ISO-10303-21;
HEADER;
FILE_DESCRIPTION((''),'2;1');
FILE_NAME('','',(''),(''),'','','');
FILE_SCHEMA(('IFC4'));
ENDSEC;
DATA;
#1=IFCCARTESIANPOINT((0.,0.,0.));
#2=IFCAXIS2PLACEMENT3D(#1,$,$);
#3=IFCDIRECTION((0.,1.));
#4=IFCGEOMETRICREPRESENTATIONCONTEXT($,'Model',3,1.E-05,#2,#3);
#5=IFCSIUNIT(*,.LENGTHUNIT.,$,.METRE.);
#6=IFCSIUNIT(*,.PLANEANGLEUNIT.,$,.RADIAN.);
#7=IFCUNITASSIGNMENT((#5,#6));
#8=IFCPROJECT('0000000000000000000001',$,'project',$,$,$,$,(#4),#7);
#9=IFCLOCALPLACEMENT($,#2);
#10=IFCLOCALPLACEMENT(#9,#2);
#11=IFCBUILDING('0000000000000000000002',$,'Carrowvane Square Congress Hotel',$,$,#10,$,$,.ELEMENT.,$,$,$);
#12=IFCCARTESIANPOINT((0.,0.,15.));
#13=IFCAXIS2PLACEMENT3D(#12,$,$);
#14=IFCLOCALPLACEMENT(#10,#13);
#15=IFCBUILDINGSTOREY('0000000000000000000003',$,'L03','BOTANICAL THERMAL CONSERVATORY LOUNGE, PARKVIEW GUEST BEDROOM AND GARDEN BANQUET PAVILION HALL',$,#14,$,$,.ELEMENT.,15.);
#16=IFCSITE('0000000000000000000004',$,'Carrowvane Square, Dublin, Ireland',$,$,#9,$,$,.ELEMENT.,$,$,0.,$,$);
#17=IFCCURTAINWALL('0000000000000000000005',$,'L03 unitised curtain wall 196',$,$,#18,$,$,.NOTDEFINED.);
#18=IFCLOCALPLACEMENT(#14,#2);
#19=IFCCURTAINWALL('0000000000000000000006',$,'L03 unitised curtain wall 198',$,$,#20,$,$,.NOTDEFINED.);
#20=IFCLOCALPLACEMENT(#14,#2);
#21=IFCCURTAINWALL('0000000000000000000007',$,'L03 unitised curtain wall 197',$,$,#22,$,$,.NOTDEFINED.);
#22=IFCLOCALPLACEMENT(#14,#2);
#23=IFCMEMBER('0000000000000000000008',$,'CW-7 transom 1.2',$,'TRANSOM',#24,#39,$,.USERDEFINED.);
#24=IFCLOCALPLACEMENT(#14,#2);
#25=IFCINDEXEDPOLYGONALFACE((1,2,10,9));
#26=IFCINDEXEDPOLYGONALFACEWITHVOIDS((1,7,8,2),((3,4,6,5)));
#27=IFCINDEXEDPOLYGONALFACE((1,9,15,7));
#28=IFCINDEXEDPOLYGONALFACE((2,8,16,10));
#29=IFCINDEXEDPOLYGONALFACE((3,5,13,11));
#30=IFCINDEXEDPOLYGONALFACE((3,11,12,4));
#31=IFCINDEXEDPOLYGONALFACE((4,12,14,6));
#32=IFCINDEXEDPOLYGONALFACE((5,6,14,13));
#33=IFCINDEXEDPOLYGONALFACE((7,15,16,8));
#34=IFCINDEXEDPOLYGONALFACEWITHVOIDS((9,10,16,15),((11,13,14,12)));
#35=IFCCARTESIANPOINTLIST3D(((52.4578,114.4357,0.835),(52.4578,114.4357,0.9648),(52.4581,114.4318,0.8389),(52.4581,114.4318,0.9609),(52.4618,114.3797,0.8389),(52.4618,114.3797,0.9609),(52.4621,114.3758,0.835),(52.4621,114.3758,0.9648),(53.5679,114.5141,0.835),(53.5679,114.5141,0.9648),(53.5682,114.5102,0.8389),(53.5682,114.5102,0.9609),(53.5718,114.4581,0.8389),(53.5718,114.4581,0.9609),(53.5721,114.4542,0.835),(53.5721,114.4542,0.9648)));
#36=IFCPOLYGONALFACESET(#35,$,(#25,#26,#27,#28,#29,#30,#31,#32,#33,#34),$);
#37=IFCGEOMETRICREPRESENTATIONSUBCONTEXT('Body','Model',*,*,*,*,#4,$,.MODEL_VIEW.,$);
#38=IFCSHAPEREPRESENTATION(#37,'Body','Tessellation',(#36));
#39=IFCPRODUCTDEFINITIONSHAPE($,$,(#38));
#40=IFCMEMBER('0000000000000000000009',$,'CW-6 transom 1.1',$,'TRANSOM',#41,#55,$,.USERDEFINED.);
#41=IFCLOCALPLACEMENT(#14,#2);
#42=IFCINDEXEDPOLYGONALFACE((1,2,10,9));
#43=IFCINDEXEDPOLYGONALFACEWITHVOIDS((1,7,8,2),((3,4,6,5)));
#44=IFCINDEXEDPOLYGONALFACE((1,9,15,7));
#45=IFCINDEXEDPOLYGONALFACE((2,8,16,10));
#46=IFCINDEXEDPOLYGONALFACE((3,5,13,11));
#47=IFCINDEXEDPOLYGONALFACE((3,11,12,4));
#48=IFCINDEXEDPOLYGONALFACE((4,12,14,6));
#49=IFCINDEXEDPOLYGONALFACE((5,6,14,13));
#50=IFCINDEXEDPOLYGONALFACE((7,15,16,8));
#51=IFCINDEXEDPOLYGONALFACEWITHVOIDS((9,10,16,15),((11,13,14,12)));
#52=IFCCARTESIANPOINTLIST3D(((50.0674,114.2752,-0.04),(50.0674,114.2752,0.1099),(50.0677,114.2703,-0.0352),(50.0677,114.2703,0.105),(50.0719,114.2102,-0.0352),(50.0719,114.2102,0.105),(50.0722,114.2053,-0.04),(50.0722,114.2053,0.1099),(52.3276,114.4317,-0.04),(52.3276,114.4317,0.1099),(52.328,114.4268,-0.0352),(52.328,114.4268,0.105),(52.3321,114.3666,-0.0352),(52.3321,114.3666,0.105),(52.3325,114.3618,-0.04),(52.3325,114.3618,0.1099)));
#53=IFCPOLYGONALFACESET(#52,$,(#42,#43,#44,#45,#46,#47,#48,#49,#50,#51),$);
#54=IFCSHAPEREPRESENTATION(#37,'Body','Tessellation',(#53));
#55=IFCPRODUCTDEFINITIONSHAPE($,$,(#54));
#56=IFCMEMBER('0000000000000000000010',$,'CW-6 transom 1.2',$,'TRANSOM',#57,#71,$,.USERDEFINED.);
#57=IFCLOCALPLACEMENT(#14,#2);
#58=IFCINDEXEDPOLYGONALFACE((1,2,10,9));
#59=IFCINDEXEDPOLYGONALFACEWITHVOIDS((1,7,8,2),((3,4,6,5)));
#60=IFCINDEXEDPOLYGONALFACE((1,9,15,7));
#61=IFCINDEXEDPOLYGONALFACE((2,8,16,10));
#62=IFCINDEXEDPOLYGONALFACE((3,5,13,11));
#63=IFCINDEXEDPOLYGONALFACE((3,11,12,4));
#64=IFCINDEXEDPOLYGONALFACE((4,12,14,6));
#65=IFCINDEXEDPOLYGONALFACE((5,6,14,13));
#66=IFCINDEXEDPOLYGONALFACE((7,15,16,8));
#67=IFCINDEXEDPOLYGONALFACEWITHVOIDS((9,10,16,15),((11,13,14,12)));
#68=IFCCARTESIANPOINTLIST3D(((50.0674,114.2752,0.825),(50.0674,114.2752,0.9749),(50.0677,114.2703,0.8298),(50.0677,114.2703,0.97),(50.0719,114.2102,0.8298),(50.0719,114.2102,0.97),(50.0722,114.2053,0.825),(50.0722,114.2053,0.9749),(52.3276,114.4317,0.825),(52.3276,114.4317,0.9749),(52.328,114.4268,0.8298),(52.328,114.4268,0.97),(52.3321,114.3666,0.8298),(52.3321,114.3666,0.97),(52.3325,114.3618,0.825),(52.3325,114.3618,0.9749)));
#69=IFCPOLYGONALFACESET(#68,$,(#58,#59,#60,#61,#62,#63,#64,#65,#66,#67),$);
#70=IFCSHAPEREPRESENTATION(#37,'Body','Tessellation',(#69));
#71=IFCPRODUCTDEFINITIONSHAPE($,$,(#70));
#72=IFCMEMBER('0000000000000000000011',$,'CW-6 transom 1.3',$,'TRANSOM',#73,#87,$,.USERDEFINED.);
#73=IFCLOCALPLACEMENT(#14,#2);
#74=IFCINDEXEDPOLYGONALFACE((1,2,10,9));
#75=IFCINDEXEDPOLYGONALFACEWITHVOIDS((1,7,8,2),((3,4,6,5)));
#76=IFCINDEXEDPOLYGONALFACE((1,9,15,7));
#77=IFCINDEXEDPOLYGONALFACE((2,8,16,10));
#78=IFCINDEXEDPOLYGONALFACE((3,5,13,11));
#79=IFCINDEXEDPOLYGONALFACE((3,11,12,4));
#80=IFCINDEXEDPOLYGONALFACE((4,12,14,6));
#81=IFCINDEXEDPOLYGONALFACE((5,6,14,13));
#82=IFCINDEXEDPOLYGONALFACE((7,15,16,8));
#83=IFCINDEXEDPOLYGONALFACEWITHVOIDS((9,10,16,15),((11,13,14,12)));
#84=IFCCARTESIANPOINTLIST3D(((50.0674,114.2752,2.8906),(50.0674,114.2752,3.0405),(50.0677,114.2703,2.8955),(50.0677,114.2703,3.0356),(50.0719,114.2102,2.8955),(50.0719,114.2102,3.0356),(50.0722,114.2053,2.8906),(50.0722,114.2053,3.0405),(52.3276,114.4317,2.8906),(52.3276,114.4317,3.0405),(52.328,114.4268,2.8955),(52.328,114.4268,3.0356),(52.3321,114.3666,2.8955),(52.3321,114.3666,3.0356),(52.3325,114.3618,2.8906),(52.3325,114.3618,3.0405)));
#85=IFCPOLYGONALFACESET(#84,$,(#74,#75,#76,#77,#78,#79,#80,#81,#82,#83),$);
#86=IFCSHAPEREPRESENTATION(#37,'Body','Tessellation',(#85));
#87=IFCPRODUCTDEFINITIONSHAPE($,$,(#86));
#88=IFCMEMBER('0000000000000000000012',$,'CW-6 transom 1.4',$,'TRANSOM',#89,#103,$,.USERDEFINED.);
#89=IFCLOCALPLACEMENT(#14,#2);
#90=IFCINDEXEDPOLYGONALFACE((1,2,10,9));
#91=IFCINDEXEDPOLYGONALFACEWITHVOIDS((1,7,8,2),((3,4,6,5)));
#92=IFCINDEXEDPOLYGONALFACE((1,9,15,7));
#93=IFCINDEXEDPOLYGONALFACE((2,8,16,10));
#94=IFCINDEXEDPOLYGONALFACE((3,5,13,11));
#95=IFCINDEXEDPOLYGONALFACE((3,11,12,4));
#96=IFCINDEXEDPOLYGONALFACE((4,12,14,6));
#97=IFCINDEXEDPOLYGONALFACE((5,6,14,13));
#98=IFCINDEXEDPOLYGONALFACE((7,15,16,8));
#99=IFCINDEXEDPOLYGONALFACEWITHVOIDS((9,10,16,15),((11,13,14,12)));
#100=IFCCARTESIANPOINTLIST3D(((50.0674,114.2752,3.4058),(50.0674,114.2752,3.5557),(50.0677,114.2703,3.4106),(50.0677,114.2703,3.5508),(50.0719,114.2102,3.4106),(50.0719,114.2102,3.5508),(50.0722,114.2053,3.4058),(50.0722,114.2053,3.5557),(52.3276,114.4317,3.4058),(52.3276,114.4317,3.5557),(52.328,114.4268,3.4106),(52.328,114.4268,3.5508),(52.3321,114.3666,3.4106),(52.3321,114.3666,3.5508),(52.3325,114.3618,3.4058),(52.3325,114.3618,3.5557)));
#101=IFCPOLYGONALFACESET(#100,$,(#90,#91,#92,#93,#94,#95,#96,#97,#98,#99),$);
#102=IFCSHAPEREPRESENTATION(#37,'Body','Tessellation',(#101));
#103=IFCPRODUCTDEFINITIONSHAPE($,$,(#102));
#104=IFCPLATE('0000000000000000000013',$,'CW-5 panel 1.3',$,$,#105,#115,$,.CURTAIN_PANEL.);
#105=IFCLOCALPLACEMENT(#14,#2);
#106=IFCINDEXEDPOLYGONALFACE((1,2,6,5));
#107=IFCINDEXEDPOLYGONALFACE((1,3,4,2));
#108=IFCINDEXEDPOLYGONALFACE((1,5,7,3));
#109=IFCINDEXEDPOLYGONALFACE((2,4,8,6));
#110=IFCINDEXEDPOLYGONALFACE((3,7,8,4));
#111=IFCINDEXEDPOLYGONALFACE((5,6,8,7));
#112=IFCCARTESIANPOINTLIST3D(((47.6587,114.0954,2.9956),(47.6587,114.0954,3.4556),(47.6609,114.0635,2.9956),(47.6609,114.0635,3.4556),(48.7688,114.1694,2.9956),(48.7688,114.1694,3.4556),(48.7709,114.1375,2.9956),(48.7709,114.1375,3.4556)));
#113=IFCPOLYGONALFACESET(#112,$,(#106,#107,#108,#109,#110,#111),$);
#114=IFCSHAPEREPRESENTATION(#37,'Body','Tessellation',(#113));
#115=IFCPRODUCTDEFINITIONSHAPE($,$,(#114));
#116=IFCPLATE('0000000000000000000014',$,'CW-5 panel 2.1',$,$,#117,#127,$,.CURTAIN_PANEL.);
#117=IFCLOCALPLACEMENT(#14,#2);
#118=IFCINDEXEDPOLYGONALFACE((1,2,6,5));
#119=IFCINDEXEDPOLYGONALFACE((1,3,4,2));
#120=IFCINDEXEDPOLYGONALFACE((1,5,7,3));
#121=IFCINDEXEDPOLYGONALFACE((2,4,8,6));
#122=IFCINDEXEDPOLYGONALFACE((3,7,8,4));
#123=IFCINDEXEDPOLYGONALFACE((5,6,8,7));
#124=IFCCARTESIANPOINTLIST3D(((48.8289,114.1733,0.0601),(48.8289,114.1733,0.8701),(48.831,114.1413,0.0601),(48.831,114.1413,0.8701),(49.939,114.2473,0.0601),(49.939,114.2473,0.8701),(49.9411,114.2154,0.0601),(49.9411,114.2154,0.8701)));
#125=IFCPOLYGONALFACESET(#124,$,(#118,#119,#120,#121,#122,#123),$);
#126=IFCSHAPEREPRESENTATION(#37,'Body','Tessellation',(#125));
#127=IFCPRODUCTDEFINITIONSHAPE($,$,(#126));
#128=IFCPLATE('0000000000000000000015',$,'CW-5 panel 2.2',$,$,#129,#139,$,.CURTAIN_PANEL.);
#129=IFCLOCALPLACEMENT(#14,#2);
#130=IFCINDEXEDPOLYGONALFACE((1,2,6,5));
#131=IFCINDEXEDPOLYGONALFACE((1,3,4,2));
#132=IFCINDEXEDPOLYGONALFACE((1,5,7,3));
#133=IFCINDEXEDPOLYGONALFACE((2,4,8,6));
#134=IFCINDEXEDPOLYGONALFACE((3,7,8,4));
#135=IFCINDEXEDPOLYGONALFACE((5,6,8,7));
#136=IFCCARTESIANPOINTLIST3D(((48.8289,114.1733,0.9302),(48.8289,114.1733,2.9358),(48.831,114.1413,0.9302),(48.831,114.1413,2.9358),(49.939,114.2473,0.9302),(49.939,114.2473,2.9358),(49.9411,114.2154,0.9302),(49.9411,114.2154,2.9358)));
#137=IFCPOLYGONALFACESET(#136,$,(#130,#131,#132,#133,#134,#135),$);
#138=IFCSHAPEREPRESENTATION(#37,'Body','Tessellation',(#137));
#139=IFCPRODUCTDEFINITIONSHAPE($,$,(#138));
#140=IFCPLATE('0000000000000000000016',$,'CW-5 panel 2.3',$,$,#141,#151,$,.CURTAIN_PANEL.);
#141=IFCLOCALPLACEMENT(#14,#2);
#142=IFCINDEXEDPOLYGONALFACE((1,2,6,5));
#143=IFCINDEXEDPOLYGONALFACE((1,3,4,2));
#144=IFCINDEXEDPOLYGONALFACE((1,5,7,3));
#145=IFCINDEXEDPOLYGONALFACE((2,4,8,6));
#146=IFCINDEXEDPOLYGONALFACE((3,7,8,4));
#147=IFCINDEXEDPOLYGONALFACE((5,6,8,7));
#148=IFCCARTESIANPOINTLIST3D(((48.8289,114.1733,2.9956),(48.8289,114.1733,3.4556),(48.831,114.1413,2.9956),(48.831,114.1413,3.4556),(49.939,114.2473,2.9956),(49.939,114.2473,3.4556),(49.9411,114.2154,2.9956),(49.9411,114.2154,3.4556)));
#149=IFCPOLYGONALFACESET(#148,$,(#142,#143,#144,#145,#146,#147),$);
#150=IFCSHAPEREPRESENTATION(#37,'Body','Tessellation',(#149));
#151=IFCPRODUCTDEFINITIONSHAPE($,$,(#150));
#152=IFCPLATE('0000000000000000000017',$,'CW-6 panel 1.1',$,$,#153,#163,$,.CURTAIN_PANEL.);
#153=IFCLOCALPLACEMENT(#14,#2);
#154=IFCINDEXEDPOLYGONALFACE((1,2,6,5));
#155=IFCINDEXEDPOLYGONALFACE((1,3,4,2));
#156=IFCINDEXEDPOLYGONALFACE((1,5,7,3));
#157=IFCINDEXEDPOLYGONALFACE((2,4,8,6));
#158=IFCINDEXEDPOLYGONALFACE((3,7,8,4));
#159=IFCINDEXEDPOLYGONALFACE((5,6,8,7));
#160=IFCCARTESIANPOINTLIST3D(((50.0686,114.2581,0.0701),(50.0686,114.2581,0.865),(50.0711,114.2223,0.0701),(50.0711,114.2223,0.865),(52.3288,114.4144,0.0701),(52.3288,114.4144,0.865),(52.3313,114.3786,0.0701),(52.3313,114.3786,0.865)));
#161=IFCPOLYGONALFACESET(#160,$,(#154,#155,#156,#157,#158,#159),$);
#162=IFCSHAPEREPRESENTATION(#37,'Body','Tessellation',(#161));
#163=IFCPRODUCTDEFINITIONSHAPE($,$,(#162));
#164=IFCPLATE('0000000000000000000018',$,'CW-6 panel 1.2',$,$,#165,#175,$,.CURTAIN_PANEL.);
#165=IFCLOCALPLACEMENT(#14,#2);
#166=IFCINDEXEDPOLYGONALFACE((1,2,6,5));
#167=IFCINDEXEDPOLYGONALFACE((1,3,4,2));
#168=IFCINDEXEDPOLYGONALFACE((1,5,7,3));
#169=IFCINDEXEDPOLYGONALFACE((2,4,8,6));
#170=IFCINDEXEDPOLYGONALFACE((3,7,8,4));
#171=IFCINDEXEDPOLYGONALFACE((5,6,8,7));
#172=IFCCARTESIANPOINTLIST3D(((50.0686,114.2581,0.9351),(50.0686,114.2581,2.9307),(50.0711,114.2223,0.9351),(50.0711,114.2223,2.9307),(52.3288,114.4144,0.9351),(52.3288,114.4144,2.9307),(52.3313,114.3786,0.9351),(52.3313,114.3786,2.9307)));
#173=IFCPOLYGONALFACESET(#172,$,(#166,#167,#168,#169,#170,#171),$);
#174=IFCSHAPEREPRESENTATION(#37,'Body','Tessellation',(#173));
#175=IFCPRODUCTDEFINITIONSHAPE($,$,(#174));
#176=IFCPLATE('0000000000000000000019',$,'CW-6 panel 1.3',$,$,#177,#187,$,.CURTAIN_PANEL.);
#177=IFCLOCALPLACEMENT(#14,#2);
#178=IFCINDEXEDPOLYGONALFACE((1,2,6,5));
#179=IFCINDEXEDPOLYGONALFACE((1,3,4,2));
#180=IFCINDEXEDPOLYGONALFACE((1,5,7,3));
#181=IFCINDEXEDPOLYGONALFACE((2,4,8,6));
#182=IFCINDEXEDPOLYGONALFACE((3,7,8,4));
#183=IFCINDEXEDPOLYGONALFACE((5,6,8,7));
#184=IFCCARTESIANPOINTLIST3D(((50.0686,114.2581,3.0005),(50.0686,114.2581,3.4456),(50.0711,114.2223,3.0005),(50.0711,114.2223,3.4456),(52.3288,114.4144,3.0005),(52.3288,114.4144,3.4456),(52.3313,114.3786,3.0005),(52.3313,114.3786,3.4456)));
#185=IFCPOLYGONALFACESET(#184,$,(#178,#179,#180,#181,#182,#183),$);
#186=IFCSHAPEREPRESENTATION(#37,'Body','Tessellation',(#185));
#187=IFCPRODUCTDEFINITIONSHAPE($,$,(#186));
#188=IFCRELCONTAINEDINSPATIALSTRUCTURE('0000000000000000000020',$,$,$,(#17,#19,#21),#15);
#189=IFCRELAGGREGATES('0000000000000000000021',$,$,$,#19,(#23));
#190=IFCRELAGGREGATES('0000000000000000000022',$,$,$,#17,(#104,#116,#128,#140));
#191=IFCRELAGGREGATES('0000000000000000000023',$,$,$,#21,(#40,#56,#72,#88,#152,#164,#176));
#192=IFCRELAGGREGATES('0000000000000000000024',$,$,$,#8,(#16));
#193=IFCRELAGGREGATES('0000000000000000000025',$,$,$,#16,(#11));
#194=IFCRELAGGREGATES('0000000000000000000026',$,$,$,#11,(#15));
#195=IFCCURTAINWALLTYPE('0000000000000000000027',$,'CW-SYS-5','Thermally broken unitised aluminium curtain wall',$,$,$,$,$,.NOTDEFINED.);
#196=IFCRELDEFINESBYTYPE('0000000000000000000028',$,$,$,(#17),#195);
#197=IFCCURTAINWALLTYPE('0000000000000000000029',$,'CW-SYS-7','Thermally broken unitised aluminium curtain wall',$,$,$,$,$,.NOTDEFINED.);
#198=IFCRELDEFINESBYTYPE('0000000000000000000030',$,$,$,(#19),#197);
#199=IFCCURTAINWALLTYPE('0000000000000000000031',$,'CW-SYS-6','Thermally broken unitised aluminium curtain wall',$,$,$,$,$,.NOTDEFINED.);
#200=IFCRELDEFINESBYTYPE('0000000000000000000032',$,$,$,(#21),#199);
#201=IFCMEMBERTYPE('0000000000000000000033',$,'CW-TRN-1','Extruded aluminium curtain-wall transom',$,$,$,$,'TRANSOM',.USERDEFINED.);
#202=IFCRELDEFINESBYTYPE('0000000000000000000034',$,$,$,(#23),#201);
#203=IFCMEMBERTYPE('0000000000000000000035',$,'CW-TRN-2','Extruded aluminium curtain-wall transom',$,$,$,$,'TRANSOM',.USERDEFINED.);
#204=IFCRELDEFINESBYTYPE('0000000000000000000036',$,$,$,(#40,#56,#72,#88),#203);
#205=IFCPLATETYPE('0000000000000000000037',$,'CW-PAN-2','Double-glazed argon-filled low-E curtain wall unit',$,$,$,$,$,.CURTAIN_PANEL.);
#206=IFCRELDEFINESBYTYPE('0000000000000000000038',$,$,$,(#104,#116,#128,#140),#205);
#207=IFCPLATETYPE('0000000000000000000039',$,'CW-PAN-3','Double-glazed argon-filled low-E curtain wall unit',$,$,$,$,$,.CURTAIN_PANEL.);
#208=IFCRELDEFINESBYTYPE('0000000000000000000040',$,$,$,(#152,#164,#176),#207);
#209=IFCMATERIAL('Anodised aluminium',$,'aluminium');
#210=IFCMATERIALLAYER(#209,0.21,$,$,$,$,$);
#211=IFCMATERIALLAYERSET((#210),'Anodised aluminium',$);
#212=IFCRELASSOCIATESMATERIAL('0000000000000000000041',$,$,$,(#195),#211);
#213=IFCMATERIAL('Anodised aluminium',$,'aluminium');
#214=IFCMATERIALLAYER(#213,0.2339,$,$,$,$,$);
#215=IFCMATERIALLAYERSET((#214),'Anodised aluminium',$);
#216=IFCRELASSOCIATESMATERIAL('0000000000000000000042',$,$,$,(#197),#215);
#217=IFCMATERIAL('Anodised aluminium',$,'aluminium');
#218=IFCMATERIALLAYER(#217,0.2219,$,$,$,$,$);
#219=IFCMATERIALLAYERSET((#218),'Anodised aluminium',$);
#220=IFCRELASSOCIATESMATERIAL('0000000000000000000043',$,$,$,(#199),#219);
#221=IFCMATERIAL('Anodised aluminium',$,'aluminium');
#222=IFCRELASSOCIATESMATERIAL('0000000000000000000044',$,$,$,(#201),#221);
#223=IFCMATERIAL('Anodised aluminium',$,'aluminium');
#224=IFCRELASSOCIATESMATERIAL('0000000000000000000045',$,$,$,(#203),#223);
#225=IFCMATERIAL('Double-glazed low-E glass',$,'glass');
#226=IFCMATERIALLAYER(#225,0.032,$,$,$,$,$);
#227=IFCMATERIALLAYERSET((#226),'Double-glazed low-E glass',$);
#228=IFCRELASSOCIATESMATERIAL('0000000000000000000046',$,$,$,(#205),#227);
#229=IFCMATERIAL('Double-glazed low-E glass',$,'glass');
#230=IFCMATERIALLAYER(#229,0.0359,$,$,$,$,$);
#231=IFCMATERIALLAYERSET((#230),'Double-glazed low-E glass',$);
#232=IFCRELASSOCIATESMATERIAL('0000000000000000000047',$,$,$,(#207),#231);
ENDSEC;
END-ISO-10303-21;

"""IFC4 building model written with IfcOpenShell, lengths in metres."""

from ifc_helpers import new_model, si_unit, direction, frame, origin, origin_2d, place, context, subcontext, project, spatial, rectangle, hollow_rectangle, extrude, material, layer, layer_set, material_profile, profile_set, type_object, element, aggregate, save


model = new_model("IFC4")

# Units and contexts
model_context = context("Model", 3, precision=1e-05, world=origin(), true_north=direction((0.0, 1.0)))
body_context = subcontext(model_context, "Body", "Model", "MODEL_VIEW")
ifc_project = project(units=[si_unit("LENGTHUNIT", "METRE"), si_unit("PLANEANGLEUNIT", "RADIAN")], contexts=[model_context])

# Site, building, storey
site_placement = place(None, origin())
site = spatial("IfcSite", under=ifc_project, at=site_placement, Name="Carrowvane Square, Dublin, Ireland", CompositionType="ELEMENT", RefElevation=0.0)
building_placement = place(site_placement, origin())
building = spatial("IfcBuilding", under=site, at=building_placement, Name="Carrowvane Square Congress Hotel", CompositionType="ELEMENT")
storey_placement = place(building_placement, frame((0.0, 0.0, 15.0)))
storey = spatial("IfcBuildingStorey", under=building, at=storey_placement, Name="L03", Description="BOTANICAL THERMAL CONSERVATORY LOUNGE, PARKVIEW GUEST BEDROOM AND GARDEN BANQUET PAVILION HALL", CompositionType="ELEMENT", Elevation=15.0)

# Curtain wall
ifc_material_1 = material(Name="Anodised aluminium", Category="aluminium")
ifc_layer_1 = layer(ifc_material_1, 0.21)
ifc_layer_set_1 = layer_set([ifc_layer_1], Name="Anodised aluminium")
curtain_wall_type_1 = type_object("IfcCurtainWallType", Name="CW-SYS-5", Description="Thermally broken unitised aluminium curtain wall", PredefinedType="NOTDEFINED", material=ifc_layer_set_1)
curtain_wall_1_placement = place(storey_placement, origin())
curtain_wall_1 = element("IfcCurtainWall", 1, at=curtain_wall_1_placement, inside=storey, type_object=curtain_wall_type_1, Name="L03 unitised curtain wall 196", PredefinedType="NOTDEFINED")

# Curtain wall
ifc_material_2 = material(Name="Anodised aluminium", Category="aluminium")
ifc_layer_2 = layer(ifc_material_2, 0.2339)
ifc_layer_set_2 = layer_set([ifc_layer_2], Name="Anodised aluminium")
curtain_wall_type_2 = type_object("IfcCurtainWallType", Name="CW-SYS-7", Description="Thermally broken unitised aluminium curtain wall", PredefinedType="NOTDEFINED", material=ifc_layer_set_2)
curtain_wall_2_placement = place(storey_placement, origin())
curtain_wall_2 = element("IfcCurtainWall", 2, at=curtain_wall_2_placement, inside=storey, type_object=curtain_wall_type_2, Name="L03 unitised curtain wall 198", PredefinedType="NOTDEFINED")

# Curtain wall
ifc_material_3 = material(Name="Anodised aluminium", Category="aluminium")
ifc_layer_3 = layer(ifc_material_3, 0.2219)
ifc_layer_set_3 = layer_set([ifc_layer_3], Name="Anodised aluminium")
curtain_wall_type_3 = type_object("IfcCurtainWallType", Name="CW-SYS-6", Description="Thermally broken unitised aluminium curtain wall", PredefinedType="NOTDEFINED", material=ifc_layer_set_3)
curtain_wall_3_placement = place(storey_placement, origin())
curtain_wall_3 = element("IfcCurtainWall", 3, at=curtain_wall_3_placement, inside=storey, type_object=curtain_wall_type_3, Name="L03 unitised curtain wall 197", PredefinedType="NOTDEFINED")

# Members
ifc_material_4 = material(Name="Anodised aluminium", Category="aluminium")
ifc_material_profile_1 = material_profile(ifc_material_4, hollow_rectangle(XDim=0.0601, YDim=0.1299, WallThickness=0.0039, at=origin_2d()), Name="CW-TR 60x130x4")
ifc_profile_set_1 = profile_set([ifc_material_profile_1], Name="Anodised aluminium")
member_type_1 = type_object("IfcMemberType", Name="CW-TRN-1", Description="Extruded aluminium curtain-wall transom", ElementType="TRANSOM", PredefinedType="USERDEFINED", material=ifc_profile_set_1)
member_1_placement = place(storey_placement, frame((52.46, 114.4058, 0.8999), z_axis=(0.997517, 0.070421, 0.0), x_axis=(-0.070421, 0.997517, 0.0)))
member_1 = element("IfcMember", 4, at=member_1_placement, type_object=member_type_1, Name="CW-7 transom 1.2", ObjectType="TRANSOM", PredefinedType="USERDEFINED", context=body_context, shape_type="SweptSolid", body=[
    extrude(hollow_rectangle(XDim=0.0601, YDim=0.1299, WallThickness=0.0039, at=origin_2d()), origin(), (0.0, 0.0, 1.0), 1.1128),
])
aggregate(curtain_wall_2, [member_1])
ifc_material_5 = material(Name="Anodised aluminium", Category="aluminium")
ifc_material_profile_2 = material_profile(ifc_material_5, hollow_rectangle(XDim=0.0701, YDim=0.1499, WallThickness=0.0049, at=origin_2d()), Name="CW-TR 70x150x5")
ifc_profile_set_2 = profile_set([ifc_material_profile_2], Name="Anodised aluminium")
member_type_2 = type_object("IfcMemberType", Name="CW-TRN-2", Description="Extruded aluminium curtain-wall transom", ElementType="TRANSOM", PredefinedType="USERDEFINED", material=ifc_profile_set_2)
member_2_placement = place(storey_placement, frame((50.0698, 114.2402, 0.0349), z_axis=(0.997612, 0.069072, 0.0), x_axis=(-0.069072, 0.997612, 0.0)))
member_2 = element("IfcMember", 5, at=member_2_placement, type_object=member_type_2, Name="CW-6 transom 1.1", ObjectType="TRANSOM", PredefinedType="USERDEFINED", context=body_context, shape_type="SweptSolid", body=[
    extrude(hollow_rectangle(XDim=0.0701, YDim=0.1499, WallThickness=0.0049, at=origin_2d()), origin(), (0.0, 0.0, 1.0), 2.2656),
])
member_3_placement = place(storey_placement, frame((50.0698, 114.2402, 0.8999), z_axis=(0.997612, 0.069072, 0.0), x_axis=(-0.069072, 0.997612, 0.0)))
member_3 = element("IfcMember", 6, at=member_3_placement, type_object=member_type_2, Name="CW-6 transom 1.2", ObjectType="TRANSOM", PredefinedType="USERDEFINED", context=body_context, shape_type="SweptSolid", body=[
    extrude(hollow_rectangle(XDim=0.0701, YDim=0.1499, WallThickness=0.0049, at=origin_2d()), origin(), (0.0, 0.0, 1.0), 2.2656),
])
member_4_placement = place(storey_placement, frame((50.0698, 114.2402, 2.9656), z_axis=(0.997612, 0.069072, 0.0), x_axis=(-0.069072, 0.997612, 0.0)))
member_4 = element("IfcMember", 7, at=member_4_placement, type_object=member_type_2, Name="CW-6 transom 1.3", ObjectType="TRANSOM", PredefinedType="USERDEFINED", context=body_context, shape_type="SweptSolid", body=[
    extrude(hollow_rectangle(XDim=0.0701, YDim=0.1499, WallThickness=0.0049, at=origin_2d()), origin(), (0.0, 0.0, 1.0), 2.2656),
])
member_5_placement = place(storey_placement, frame((50.0698, 114.2402, 3.4807), z_axis=(0.997612, 0.069072, 0.0), x_axis=(-0.069072, 0.997612, 0.0)))
member_5 = element("IfcMember", 8, at=member_5_placement, type_object=member_type_2, Name="CW-6 transom 1.4", ObjectType="TRANSOM", PredefinedType="USERDEFINED", context=body_context, shape_type="SweptSolid", body=[
    extrude(hollow_rectangle(XDim=0.0701, YDim=0.1499, WallThickness=0.0049, at=origin_2d()), origin(), (0.0, 0.0, 1.0), 2.2656),
])

# Plates
ifc_material_6 = material(Name="Double-glazed low-E glass", Category="glass")
ifc_layer_4 = layer(ifc_material_6, 0.032)
ifc_layer_set_4 = layer_set([ifc_layer_4], Name="Double-glazed low-E glass")
plate_type_1 = type_object("IfcPlateType", Name="CW-PAN-2", Description="Double-glazed argon-filled low-E curtain wall unit", PredefinedType="CURTAIN_PANEL", material=ifc_layer_set_4)
plate_1_placement = place(storey_placement, frame((48.2148, 114.1165, 2.9956), z_axis=(0.0, 0.0, 1.0), x_axis=(0.997781, 0.066578, 0.0)))
plate_1 = element("IfcPlate", 9, at=plate_1_placement, type_object=plate_type_1, Name="CW-5 panel 1.3", PredefinedType="CURTAIN_PANEL", context=body_context, shape_type="SweptSolid", body=[
    extrude(rectangle(XDim=1.1125, YDim=0.032, at=origin_2d()), origin(), (0.0, 0.0, 1.0), 0.46),
])
plate_2_placement = place(storey_placement, frame((49.385, 114.1943, 0.0601), z_axis=(0.0, 0.0, 1.0), x_axis=(0.997781, 0.066578, 0.0)))
plate_2 = element("IfcPlate", 10, at=plate_2_placement, type_object=plate_type_1, Name="CW-5 panel 2.1", PredefinedType="CURTAIN_PANEL", context=body_context, shape_type="SweptSolid", body=[
    extrude(rectangle(XDim=1.1125, YDim=0.032, at=origin_2d()), origin(), (0.0, 0.0, 1.0), 0.8101),
])
plate_3_placement = place(storey_placement, frame((49.385, 114.1943, 0.9302), z_axis=(0.0, 0.0, 1.0), x_axis=(0.997781, 0.066578, 0.0)))
plate_3 = element("IfcPlate", 11, at=plate_3_placement, type_object=plate_type_1, Name="CW-5 panel 2.2", PredefinedType="CURTAIN_PANEL", context=body_context, shape_type="SweptSolid", body=[
    extrude(rectangle(XDim=1.1125, YDim=0.032, at=origin_2d()), origin(), (0.0, 0.0, 1.0), 2.0056),
])
plate_4_placement = place(storey_placement, frame((49.385, 114.1943, 2.9956), z_axis=(0.0, 0.0, 1.0), x_axis=(0.997781, 0.066578, 0.0)))
plate_4 = element("IfcPlate", 12, at=plate_4_placement, type_object=plate_type_1, Name="CW-5 panel 2.3", PredefinedType="CURTAIN_PANEL", context=body_context, shape_type="SweptSolid", body=[
    extrude(rectangle(XDim=1.1125, YDim=0.032, at=origin_2d()), origin(), (0.0, 0.0, 1.0), 0.46),
])
aggregate(curtain_wall_1, [plate_1, plate_2, plate_3, plate_4])
ifc_material_7 = material(Name="Double-glazed low-E glass", Category="glass")
ifc_layer_5 = layer(ifc_material_7, 0.0359)
ifc_layer_set_5 = layer_set([ifc_layer_5], Name="Double-glazed low-E glass")
plate_type_2 = type_object("IfcPlateType", Name="CW-PAN-3", Description="Double-glazed argon-filled low-E curtain wall unit", PredefinedType="CURTAIN_PANEL", material=ifc_layer_set_5)
plate_5_placement = place(storey_placement, frame((51.2, 114.3184, 0.0701), z_axis=(0.0, 0.0, 1.0), x_axis=(0.997618, 0.068986, 0.0)))
plate_5 = element("IfcPlate", 13, at=plate_5_placement, type_object=plate_type_2, Name="CW-6 panel 1.1", PredefinedType="CURTAIN_PANEL", context=body_context, shape_type="SweptSolid", body=[
    extrude(rectangle(XDim=2.2656, YDim=0.0359, at=origin_2d()), origin(), (0.0, 0.0, 1.0), 0.7949),
])
plate_6_placement = place(storey_placement, frame((51.2, 114.3184, 0.9351), z_axis=(0.0, 0.0, 1.0), x_axis=(0.997618, 0.068986, 0.0)))
plate_6 = element("IfcPlate", 14, at=plate_6_placement, type_object=plate_type_2, Name="CW-6 panel 1.2", PredefinedType="CURTAIN_PANEL", context=body_context, shape_type="SweptSolid", body=[
    extrude(rectangle(XDim=2.2656, YDim=0.0359, at=origin_2d()), origin(), (0.0, 0.0, 1.0), 1.9956),
])
plate_7_placement = place(storey_placement, frame((51.2, 114.3184, 3.0005), z_axis=(0.0, 0.0, 1.0), x_axis=(0.997618, 0.068986, 0.0)))
plate_7 = element("IfcPlate", 15, at=plate_7_placement, type_object=plate_type_2, Name="CW-6 panel 1.3", PredefinedType="CURTAIN_PANEL", context=body_context, shape_type="SweptSolid", body=[
    extrude(rectangle(XDim=2.2656, YDim=0.0359, at=origin_2d()), origin(), (0.0, 0.0, 1.0), 0.4451),
])
aggregate(curtain_wall_3, [member_2, member_3, member_4, member_5, plate_5, plate_6, plate_7])

save(model, "model.ifc")
